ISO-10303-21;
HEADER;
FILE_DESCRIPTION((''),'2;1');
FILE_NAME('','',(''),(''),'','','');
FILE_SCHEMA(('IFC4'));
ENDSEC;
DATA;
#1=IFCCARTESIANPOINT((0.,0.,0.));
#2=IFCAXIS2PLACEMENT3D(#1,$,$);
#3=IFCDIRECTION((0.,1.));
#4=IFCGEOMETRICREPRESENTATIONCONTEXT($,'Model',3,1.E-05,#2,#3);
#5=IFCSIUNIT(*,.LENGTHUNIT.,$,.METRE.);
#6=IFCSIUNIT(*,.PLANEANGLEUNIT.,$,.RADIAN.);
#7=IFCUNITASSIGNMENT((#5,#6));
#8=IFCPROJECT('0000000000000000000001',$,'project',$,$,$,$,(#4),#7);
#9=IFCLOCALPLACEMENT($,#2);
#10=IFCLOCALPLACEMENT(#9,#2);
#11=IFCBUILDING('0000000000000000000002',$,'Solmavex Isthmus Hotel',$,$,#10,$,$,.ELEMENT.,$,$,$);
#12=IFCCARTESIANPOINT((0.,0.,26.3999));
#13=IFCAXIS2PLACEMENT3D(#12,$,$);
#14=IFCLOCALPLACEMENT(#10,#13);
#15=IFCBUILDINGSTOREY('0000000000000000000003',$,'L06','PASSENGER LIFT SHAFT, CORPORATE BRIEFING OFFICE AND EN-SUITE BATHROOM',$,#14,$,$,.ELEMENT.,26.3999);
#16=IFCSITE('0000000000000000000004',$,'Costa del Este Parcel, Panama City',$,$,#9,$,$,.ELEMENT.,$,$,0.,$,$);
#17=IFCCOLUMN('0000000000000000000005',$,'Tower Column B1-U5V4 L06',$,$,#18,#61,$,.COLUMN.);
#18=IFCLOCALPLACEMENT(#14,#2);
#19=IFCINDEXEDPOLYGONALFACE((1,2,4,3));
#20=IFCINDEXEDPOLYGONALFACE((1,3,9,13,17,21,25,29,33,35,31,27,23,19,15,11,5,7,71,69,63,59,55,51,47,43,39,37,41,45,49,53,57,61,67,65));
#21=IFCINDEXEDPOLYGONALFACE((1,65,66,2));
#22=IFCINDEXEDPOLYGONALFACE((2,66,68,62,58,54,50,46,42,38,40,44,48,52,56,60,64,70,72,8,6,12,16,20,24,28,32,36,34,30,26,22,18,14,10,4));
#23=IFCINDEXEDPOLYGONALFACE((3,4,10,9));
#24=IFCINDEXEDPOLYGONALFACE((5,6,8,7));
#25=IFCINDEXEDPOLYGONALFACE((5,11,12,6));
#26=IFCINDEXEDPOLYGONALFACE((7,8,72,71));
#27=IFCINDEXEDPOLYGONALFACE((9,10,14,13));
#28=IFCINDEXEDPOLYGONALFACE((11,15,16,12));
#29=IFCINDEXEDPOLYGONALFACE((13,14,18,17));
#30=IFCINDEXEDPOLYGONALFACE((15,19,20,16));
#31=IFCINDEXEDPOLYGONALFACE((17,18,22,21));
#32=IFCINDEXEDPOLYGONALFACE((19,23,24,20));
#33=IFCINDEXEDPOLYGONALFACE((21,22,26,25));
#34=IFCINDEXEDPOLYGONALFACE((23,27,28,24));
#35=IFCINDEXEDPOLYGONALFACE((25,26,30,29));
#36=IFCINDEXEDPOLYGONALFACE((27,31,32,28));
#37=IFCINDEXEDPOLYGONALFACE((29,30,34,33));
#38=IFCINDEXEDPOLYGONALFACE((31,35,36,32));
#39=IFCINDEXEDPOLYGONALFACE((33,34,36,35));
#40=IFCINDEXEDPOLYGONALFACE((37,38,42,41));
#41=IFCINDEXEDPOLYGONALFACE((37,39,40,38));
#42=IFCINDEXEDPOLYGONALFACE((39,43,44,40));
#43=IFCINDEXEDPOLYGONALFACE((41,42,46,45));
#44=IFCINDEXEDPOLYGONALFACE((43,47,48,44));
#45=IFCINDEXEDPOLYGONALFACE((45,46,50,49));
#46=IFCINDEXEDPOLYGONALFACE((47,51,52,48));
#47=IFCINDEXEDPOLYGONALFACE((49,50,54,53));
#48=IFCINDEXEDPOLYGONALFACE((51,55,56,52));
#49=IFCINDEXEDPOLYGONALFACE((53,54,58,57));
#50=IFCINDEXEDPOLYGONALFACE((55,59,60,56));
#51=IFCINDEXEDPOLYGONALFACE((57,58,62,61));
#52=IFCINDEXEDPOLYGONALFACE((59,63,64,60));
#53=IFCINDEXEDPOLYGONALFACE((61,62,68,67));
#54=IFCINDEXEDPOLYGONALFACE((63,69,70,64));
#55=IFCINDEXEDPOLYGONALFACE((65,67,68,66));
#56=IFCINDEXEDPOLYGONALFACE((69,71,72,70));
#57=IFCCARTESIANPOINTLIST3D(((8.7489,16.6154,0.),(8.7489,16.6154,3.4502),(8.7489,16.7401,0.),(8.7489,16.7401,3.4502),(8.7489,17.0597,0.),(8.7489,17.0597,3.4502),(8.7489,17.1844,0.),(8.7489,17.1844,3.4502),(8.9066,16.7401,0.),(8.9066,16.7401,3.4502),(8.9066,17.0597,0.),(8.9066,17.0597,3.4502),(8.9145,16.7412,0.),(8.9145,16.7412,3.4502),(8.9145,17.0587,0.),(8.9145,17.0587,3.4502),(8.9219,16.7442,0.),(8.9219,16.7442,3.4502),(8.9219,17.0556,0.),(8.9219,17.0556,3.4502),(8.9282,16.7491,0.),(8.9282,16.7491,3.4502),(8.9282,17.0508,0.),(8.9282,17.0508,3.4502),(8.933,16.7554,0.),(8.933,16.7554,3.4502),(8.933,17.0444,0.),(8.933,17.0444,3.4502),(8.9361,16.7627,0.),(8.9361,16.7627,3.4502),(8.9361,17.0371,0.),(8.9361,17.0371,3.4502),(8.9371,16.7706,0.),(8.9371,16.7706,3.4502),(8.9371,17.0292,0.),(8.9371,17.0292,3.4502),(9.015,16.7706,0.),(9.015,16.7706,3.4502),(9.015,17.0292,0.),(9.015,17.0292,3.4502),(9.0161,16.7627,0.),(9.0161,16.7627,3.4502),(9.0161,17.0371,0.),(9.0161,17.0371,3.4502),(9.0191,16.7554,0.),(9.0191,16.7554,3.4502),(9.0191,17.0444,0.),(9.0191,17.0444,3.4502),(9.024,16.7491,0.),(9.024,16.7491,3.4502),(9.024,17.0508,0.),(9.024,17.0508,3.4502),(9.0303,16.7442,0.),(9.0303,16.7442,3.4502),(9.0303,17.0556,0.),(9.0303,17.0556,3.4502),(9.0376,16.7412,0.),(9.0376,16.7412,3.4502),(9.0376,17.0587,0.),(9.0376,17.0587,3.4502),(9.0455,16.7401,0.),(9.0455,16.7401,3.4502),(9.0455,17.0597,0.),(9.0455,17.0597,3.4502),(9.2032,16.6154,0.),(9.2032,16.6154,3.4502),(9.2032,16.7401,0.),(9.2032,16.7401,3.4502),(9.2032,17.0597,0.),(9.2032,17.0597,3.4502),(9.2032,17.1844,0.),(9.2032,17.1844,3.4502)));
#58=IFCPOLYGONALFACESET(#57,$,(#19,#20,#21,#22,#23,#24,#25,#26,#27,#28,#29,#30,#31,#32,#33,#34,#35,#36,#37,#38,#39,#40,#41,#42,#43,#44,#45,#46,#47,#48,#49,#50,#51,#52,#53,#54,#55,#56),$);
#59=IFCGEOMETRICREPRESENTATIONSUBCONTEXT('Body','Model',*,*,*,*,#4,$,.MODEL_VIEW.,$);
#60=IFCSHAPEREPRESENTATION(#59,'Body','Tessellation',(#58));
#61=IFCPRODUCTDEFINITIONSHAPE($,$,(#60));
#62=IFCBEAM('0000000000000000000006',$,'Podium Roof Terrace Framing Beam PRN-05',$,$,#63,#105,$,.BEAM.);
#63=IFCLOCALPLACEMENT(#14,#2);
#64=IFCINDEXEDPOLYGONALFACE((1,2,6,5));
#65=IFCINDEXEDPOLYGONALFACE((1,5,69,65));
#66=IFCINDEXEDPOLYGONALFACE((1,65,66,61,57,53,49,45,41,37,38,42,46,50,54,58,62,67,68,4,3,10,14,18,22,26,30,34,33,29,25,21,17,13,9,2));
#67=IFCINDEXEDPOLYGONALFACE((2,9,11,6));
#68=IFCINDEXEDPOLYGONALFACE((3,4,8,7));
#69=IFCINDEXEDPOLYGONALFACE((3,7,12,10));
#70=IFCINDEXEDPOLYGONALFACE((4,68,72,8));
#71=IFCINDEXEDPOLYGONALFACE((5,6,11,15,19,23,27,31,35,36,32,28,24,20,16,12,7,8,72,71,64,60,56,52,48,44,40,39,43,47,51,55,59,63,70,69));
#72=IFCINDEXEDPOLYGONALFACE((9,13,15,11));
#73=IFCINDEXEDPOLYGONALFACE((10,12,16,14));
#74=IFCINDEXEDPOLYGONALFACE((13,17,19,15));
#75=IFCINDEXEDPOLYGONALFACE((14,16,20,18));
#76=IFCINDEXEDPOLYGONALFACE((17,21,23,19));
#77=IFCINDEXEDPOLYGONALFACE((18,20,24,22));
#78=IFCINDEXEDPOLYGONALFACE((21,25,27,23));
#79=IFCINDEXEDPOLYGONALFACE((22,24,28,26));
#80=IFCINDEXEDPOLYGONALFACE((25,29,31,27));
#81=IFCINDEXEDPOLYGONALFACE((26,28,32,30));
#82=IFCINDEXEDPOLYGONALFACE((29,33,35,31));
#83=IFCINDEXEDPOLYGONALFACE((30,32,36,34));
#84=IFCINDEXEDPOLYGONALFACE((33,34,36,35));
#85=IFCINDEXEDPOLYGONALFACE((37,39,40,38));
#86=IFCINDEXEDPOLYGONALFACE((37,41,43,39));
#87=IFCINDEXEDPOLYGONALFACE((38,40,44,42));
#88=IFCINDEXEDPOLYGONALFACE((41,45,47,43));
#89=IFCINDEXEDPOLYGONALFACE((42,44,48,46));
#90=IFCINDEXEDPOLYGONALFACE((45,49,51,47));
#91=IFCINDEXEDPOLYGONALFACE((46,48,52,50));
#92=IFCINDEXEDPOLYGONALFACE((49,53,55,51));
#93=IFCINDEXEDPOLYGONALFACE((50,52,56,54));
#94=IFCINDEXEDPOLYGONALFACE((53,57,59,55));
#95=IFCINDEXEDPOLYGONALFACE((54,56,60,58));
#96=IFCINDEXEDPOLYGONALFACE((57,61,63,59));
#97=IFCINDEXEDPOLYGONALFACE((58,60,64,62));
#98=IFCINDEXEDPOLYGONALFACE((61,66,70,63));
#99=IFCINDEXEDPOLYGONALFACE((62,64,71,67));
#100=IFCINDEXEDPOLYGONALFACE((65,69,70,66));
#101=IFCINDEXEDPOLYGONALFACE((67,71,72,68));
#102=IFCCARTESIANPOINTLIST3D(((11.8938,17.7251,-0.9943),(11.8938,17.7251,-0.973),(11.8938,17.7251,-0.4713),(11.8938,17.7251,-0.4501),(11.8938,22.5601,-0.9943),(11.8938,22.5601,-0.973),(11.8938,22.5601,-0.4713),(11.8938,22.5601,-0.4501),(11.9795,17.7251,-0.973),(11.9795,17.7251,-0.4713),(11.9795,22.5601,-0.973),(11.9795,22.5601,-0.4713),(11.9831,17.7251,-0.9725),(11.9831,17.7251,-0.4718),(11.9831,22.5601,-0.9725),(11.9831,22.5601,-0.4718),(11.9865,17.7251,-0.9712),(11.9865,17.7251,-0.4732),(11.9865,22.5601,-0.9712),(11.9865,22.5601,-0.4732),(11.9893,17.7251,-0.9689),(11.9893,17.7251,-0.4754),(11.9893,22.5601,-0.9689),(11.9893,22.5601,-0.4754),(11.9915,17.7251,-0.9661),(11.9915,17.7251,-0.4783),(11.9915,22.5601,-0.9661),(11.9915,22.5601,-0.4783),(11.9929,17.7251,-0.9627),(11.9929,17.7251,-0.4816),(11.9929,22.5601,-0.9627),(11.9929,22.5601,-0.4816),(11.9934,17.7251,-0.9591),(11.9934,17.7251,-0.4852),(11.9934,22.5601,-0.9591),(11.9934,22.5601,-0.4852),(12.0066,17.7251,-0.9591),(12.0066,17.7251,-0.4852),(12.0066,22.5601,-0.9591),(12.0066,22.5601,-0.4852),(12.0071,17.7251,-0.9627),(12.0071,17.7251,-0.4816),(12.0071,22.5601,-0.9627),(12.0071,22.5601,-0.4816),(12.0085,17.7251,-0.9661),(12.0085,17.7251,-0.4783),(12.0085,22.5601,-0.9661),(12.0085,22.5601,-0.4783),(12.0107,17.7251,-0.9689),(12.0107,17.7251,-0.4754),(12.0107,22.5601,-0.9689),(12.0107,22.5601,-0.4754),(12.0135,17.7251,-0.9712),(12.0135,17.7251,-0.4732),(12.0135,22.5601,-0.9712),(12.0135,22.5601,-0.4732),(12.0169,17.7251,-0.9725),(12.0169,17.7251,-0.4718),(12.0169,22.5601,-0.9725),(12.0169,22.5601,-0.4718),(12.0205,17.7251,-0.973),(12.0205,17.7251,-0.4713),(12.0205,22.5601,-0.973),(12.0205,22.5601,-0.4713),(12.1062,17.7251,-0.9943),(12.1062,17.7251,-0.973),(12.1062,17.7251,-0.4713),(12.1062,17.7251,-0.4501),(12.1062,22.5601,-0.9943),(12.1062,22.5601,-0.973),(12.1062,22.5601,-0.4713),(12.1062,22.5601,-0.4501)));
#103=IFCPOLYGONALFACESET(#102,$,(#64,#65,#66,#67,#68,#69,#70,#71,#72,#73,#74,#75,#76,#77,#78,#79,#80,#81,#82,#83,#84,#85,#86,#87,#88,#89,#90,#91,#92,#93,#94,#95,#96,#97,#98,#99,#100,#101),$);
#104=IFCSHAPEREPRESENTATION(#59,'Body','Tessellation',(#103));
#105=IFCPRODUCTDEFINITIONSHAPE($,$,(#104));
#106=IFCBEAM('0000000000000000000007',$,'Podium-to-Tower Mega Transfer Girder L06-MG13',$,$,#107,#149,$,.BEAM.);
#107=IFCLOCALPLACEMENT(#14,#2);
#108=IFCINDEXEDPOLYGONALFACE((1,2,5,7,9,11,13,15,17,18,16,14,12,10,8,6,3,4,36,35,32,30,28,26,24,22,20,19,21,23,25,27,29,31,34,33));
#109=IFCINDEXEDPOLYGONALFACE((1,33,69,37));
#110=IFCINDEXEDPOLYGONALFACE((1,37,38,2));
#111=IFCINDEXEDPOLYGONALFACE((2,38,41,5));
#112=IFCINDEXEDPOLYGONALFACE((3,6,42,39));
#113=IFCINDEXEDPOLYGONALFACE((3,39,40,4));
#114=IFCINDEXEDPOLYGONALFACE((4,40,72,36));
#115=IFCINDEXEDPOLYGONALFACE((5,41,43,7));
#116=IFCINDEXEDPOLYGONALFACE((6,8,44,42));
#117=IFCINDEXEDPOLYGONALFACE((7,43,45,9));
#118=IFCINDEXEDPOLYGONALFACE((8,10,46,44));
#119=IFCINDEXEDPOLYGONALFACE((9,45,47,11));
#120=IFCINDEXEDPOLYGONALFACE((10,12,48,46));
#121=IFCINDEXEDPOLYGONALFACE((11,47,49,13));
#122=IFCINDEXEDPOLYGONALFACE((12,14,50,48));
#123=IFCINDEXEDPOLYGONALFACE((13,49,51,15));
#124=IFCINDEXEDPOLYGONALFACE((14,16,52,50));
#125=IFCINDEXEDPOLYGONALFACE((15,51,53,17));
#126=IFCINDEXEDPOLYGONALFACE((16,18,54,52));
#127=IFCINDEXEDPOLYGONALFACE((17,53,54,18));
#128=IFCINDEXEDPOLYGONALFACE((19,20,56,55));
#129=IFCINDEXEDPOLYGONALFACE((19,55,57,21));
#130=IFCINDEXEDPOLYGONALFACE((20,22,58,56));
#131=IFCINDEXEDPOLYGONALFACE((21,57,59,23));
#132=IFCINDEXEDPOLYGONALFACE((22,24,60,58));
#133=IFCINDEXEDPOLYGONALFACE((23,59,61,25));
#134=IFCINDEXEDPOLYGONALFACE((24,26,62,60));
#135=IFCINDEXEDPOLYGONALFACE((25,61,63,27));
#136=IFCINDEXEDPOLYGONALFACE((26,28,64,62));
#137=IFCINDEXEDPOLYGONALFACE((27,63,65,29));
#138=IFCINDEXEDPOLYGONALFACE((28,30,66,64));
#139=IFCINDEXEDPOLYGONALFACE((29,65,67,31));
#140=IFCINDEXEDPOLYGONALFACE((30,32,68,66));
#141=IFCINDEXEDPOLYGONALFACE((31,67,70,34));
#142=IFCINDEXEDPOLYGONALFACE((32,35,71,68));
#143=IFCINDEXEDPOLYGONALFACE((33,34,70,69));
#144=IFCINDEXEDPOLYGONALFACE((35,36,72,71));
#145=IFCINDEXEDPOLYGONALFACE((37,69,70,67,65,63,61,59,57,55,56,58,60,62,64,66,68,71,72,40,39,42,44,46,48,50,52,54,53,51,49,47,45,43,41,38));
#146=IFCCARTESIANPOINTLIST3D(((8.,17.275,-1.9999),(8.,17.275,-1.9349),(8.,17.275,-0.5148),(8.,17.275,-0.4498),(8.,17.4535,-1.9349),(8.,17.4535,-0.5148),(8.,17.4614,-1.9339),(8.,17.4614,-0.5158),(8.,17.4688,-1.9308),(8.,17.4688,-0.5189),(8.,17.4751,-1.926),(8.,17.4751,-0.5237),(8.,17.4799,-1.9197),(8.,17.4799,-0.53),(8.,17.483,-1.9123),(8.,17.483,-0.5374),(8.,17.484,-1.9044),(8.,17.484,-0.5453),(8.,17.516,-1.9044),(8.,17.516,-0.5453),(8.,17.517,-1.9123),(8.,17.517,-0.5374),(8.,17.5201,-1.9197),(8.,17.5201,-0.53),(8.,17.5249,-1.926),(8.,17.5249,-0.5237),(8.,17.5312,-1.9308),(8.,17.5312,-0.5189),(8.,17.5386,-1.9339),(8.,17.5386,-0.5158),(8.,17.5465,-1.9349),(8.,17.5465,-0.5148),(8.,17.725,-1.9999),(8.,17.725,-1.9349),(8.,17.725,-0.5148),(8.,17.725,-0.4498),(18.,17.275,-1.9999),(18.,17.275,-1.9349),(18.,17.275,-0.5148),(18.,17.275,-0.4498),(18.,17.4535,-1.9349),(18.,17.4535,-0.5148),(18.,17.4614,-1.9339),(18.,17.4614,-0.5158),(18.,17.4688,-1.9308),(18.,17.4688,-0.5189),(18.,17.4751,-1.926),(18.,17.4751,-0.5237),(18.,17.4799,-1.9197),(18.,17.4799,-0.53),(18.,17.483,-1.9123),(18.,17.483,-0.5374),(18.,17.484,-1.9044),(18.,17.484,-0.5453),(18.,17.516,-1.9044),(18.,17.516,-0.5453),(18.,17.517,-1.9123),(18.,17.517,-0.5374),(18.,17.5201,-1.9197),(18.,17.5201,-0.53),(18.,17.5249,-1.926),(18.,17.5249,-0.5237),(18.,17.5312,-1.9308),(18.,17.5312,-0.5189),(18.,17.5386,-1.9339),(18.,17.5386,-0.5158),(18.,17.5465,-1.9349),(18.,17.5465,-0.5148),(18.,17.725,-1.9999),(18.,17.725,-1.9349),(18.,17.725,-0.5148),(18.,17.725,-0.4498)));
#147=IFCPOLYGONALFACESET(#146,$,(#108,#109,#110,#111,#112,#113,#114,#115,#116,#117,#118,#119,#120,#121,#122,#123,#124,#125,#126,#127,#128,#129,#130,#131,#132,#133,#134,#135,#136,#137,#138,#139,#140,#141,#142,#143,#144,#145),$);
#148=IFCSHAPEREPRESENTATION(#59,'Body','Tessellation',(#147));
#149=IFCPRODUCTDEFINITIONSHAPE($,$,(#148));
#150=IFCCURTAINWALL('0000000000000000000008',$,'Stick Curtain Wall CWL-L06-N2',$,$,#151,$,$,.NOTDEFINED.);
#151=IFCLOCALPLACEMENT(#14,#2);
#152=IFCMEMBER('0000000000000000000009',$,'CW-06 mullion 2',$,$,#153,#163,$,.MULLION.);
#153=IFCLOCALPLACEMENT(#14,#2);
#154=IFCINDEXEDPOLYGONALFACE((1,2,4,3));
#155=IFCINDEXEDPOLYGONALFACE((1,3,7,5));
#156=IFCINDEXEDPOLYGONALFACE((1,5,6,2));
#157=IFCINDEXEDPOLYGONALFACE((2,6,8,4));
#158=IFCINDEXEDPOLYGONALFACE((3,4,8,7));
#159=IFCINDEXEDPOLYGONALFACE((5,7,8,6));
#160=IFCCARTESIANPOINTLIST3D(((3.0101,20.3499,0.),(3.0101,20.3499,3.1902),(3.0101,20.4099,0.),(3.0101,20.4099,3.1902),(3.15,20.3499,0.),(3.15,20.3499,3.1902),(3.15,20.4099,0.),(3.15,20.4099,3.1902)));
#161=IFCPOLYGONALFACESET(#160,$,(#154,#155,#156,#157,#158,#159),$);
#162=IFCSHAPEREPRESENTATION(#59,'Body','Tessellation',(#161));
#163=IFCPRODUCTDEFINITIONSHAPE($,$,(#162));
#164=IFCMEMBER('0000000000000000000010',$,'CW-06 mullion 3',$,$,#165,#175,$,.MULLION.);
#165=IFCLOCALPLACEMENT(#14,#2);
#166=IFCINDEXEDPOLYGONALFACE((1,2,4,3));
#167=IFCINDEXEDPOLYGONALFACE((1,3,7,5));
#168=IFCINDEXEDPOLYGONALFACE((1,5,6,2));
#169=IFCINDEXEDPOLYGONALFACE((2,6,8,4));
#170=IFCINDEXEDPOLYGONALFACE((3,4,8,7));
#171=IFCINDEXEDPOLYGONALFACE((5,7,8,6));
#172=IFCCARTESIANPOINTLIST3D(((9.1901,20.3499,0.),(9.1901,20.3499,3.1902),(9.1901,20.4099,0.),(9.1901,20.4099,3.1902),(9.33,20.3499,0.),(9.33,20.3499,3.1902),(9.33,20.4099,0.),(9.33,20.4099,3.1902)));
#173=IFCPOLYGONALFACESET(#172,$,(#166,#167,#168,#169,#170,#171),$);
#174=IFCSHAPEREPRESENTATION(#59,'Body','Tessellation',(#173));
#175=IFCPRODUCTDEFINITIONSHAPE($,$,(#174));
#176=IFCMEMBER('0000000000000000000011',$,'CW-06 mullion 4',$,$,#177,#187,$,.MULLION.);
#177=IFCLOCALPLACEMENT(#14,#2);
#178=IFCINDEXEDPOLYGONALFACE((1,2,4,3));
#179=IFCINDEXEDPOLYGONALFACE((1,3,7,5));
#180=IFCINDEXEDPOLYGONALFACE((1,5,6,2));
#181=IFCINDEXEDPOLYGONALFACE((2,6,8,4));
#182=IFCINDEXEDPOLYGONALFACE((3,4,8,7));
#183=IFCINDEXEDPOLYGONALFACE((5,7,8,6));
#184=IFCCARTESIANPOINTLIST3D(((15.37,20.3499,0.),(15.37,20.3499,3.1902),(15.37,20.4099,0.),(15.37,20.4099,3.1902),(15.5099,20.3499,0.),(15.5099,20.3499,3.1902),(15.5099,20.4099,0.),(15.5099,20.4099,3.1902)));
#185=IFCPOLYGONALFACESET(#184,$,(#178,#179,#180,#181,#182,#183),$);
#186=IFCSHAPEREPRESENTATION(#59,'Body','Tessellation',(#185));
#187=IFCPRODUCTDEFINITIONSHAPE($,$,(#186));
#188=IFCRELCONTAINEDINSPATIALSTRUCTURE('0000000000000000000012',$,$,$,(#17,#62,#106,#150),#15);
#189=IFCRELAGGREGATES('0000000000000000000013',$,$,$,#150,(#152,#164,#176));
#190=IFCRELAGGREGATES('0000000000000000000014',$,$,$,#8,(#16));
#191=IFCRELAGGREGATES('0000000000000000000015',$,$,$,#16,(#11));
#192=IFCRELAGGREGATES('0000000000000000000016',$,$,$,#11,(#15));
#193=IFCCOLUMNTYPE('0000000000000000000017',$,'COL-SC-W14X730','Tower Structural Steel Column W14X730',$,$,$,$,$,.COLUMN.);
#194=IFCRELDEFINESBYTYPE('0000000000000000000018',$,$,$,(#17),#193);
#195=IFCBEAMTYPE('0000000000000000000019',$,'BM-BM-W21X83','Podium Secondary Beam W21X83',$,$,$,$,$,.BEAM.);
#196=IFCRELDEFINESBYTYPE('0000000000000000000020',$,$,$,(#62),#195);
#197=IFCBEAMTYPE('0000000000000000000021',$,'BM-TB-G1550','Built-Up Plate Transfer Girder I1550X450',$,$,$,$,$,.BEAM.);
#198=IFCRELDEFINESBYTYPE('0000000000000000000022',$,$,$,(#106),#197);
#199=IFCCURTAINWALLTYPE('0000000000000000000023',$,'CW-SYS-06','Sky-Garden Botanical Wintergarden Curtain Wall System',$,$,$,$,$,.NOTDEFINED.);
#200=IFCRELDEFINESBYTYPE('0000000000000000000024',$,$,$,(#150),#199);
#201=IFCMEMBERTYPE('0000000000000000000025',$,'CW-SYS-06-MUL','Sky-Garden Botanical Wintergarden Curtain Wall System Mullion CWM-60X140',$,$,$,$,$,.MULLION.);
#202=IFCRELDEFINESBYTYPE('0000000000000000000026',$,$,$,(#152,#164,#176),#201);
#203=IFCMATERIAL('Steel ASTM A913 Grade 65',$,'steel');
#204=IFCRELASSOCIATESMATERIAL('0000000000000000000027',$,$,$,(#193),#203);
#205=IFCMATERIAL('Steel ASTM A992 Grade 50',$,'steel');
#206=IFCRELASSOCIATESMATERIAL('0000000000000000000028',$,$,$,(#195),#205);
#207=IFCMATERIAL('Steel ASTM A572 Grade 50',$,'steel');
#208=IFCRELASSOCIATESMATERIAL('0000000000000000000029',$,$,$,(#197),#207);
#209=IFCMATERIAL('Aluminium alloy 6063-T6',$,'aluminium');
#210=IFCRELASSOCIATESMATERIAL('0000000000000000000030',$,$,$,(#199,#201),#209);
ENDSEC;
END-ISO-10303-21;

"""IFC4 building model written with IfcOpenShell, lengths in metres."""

from ifc_helpers import new_model, si_unit, direction, frame, origin, origin_2d, place, context, subcontext, project, spatial, rectangle, i_section, extrude, material, material_profile, profile_set, type_object, element, aggregate, save


model = new_model("IFC4")

# Units and contexts
model_context = context("Model", 3, precision=1e-05, world=origin(), true_north=direction((0.0, 1.0)))
body_context = subcontext(model_context, "Body", "Model", "MODEL_VIEW")
ifc_project = project(units=[si_unit("LENGTHUNIT", "METRE"), si_unit("PLANEANGLEUNIT", "RADIAN")], contexts=[model_context])

# Site, building, storey
site_placement = place(None, origin())
site = spatial("IfcSite", under=ifc_project, at=site_placement, Name="Costa del Este Parcel, Panama City", CompositionType="ELEMENT", RefElevation=0.0)
building_placement = place(site_placement, origin())
building = spatial("IfcBuilding", under=site, at=building_placement, Name="Solmavex Isthmus Hotel", CompositionType="ELEMENT")
storey_placement = place(building_placement, frame((0.0, 0.0, 26.3999)))
storey = spatial("IfcBuildingStorey", under=building, at=storey_placement, Name="L06", Description="PASSENGER LIFT SHAFT, CORPORATE BRIEFING OFFICE AND EN-SUITE BATHROOM", CompositionType="ELEMENT", Elevation=26.3999)

# Column
ifc_material_1 = material(Name="Steel ASTM A913 Grade 65", Category="steel")
ifc_material_profile_1 = material_profile(ifc_material_1, i_section(OverallWidth=0.4543, OverallDepth=0.5691, WebThickness=0.0779, FlangeThickness=0.1248, FilletRadius=0.0305, at=origin_2d()), Name="W14X730")
ifc_profile_set_1 = profile_set([ifc_material_profile_1], Name="Steel ASTM A913 Grade 65")
column_type = type_object("IfcColumnType", Name="COL-SC-W14X730", Description="Tower Structural Steel Column W14X730", PredefinedType="COLUMN", material=ifc_profile_set_1)
column_placement = place(storey_placement, frame((8.9761, 16.8999, 0.0), z_axis=(0.0, 0.0, 1.0), x_axis=(1.0, 0.0, 0.0)))
element("IfcColumn", 1, at=column_placement, inside=storey, type_object=column_type, Name="Tower Column B1-U5V4 L06", PredefinedType="COLUMN", context=body_context, shape_type="SweptSolid", body=[
    extrude(i_section(OverallWidth=0.4543, OverallDepth=0.5691, WebThickness=0.0779, FlangeThickness=0.1248, FilletRadius=0.0305, at=origin_2d()), origin(), (0.0, 0.0, 1.0), 3.4502),
])

# Beams
ifc_material_2 = material(Name="Steel ASTM A992 Grade 50", Category="steel")
ifc_material_profile_2 = material_profile(ifc_material_2, i_section(OverallWidth=0.2124, OverallDepth=0.5442, WebThickness=0.0132, FlangeThickness=0.0212, FilletRadius=0.0139, at=origin_2d()), Name="W21X83")
ifc_profile_set_2 = profile_set([ifc_material_profile_2], Name="Steel ASTM A992 Grade 50")
beam_type_1 = type_object("IfcBeamType", Name="BM-BM-W21X83", Description="Podium Secondary Beam W21X83", PredefinedType="BEAM", material=ifc_profile_set_2)
beam_1_placement = place(storey_placement, frame((12.0, 17.7251, -0.7222), z_axis=(0.0, 1.0, 0.0), x_axis=(-1.0, 0.0, 0.0)))
element("IfcBeam", 2, at=beam_1_placement, inside=storey, type_object=beam_type_1, Name="Podium Roof Terrace Framing Beam PRN-05", PredefinedType="BEAM", context=body_context, shape_type="SweptSolid", body=[
    extrude(i_section(OverallWidth=0.2124, OverallDepth=0.5442, WebThickness=0.0132, FlangeThickness=0.0212, FilletRadius=0.0139, at=origin_2d()), origin(), (0.0, 0.0, 1.0), 4.835),
])
ifc_material_3 = material(Name="Steel ASTM A572 Grade 50", Category="steel")
ifc_material_profile_3 = material_profile(ifc_material_3, i_section(OverallWidth=0.45, OverallDepth=1.55, WebThickness=0.032, FlangeThickness=0.0649, FilletRadius=0.0305, at=origin_2d()), Name="I1550X450")
ifc_profile_set_3 = profile_set([ifc_material_profile_3], Name="Steel ASTM A572 Grade 50")
beam_type_2 = type_object("IfcBeamType", Name="BM-TB-G1550", Description="Built-Up Plate Transfer Girder I1550X450", PredefinedType="BEAM", material=ifc_profile_set_3)
beam_2_placement = place(storey_placement, frame((8.0, 17.5, -1.2249), z_axis=(1.0, 0.0, 0.0), x_axis=(0.0, 1.0, 0.0)))
element("IfcBeam", 3, at=beam_2_placement, inside=storey, type_object=beam_type_2, Name="Podium-to-Tower Mega Transfer Girder L06-MG13", PredefinedType="BEAM", context=body_context, shape_type="SweptSolid", body=[
    extrude(i_section(OverallWidth=0.45, OverallDepth=1.55, WebThickness=0.032, FlangeThickness=0.0649, FilletRadius=0.0305, at=origin_2d()), origin(), (0.0, 0.0, 1.0), 10.0),
])

# Curtain wall, members
ifc_material_4 = material(Name="Aluminium alloy 6063-T6", Category="aluminium")
curtain_wall_type = type_object("IfcCurtainWallType", Name="CW-SYS-06", Description="Sky-Garden Botanical Wintergarden Curtain Wall System", PredefinedType="NOTDEFINED", material=ifc_material_4)
curtain_wall_placement = place(storey_placement, origin())
curtain_wall = element("IfcCurtainWall", 4, at=curtain_wall_placement, inside=storey, type_object=curtain_wall_type, Name="Stick Curtain Wall CWL-L06-N2", PredefinedType="NOTDEFINED")
ifc_material_profile_4 = material_profile(ifc_material_4, rectangle(XDim=0.0601, YDim=0.1399, at=origin_2d()), Name="CWM-60X140")
ifc_profile_set_4 = profile_set([ifc_material_profile_4], Name="Aluminium alloy 6063-T6")
member_type_1 = type_object("IfcMemberType", Name="CW-SYS-06-MUL", Description="Sky-Garden Botanical Wintergarden Curtain Wall System Mullion CWM-60X140", PredefinedType="MULLION", material=ifc_profile_set_4)
member_1_placement = place(storey_placement, frame((3.0801, 20.3799, 0.0), z_axis=(0.0, 0.0, 1.0), x_axis=(0.0, 1.0, 0.0)))
member_1 = element("IfcMember", 5, at=member_1_placement, type_object=member_type_1, Name="CW-06 mullion 2", PredefinedType="MULLION", context=body_context, shape_type="SweptSolid", body=[
    extrude(rectangle(XDim=0.0601, YDim=0.1399, at=origin_2d()), origin(), (0.0, 0.0, 1.0), 3.1902),
])
member_2_placement = place(storey_placement, frame((9.26, 20.3799, 0.0), z_axis=(0.0, 0.0, 1.0), x_axis=(0.0, 1.0, 0.0)))
member_2 = element("IfcMember", 6, at=member_2_placement, type_object=member_type_1, Name="CW-06 mullion 3", PredefinedType="MULLION", context=body_context, shape_type="SweptSolid", body=[
    extrude(rectangle(XDim=0.0601, YDim=0.1399, at=origin_2d()), origin(), (0.0, 0.0, 1.0), 3.1902),
])
member_3_placement = place(storey_placement, frame((15.4399, 20.3799, 0.0), z_axis=(0.0, 0.0, 1.0), x_axis=(0.0, 1.0, 0.0)))
member_3 = element("IfcMember", 7, at=member_3_placement, type_object=member_type_1, Name="CW-06 mullion 4", PredefinedType="MULLION", context=body_context, shape_type="SweptSolid", body=[
    extrude(rectangle(XDim=0.0601, YDim=0.1399, at=origin_2d()), origin(), (0.0, 0.0, 1.0), 3.1902),
])
aggregate(curtain_wall, [member_1, member_2, member_3])

save(model, "model.ifc")
